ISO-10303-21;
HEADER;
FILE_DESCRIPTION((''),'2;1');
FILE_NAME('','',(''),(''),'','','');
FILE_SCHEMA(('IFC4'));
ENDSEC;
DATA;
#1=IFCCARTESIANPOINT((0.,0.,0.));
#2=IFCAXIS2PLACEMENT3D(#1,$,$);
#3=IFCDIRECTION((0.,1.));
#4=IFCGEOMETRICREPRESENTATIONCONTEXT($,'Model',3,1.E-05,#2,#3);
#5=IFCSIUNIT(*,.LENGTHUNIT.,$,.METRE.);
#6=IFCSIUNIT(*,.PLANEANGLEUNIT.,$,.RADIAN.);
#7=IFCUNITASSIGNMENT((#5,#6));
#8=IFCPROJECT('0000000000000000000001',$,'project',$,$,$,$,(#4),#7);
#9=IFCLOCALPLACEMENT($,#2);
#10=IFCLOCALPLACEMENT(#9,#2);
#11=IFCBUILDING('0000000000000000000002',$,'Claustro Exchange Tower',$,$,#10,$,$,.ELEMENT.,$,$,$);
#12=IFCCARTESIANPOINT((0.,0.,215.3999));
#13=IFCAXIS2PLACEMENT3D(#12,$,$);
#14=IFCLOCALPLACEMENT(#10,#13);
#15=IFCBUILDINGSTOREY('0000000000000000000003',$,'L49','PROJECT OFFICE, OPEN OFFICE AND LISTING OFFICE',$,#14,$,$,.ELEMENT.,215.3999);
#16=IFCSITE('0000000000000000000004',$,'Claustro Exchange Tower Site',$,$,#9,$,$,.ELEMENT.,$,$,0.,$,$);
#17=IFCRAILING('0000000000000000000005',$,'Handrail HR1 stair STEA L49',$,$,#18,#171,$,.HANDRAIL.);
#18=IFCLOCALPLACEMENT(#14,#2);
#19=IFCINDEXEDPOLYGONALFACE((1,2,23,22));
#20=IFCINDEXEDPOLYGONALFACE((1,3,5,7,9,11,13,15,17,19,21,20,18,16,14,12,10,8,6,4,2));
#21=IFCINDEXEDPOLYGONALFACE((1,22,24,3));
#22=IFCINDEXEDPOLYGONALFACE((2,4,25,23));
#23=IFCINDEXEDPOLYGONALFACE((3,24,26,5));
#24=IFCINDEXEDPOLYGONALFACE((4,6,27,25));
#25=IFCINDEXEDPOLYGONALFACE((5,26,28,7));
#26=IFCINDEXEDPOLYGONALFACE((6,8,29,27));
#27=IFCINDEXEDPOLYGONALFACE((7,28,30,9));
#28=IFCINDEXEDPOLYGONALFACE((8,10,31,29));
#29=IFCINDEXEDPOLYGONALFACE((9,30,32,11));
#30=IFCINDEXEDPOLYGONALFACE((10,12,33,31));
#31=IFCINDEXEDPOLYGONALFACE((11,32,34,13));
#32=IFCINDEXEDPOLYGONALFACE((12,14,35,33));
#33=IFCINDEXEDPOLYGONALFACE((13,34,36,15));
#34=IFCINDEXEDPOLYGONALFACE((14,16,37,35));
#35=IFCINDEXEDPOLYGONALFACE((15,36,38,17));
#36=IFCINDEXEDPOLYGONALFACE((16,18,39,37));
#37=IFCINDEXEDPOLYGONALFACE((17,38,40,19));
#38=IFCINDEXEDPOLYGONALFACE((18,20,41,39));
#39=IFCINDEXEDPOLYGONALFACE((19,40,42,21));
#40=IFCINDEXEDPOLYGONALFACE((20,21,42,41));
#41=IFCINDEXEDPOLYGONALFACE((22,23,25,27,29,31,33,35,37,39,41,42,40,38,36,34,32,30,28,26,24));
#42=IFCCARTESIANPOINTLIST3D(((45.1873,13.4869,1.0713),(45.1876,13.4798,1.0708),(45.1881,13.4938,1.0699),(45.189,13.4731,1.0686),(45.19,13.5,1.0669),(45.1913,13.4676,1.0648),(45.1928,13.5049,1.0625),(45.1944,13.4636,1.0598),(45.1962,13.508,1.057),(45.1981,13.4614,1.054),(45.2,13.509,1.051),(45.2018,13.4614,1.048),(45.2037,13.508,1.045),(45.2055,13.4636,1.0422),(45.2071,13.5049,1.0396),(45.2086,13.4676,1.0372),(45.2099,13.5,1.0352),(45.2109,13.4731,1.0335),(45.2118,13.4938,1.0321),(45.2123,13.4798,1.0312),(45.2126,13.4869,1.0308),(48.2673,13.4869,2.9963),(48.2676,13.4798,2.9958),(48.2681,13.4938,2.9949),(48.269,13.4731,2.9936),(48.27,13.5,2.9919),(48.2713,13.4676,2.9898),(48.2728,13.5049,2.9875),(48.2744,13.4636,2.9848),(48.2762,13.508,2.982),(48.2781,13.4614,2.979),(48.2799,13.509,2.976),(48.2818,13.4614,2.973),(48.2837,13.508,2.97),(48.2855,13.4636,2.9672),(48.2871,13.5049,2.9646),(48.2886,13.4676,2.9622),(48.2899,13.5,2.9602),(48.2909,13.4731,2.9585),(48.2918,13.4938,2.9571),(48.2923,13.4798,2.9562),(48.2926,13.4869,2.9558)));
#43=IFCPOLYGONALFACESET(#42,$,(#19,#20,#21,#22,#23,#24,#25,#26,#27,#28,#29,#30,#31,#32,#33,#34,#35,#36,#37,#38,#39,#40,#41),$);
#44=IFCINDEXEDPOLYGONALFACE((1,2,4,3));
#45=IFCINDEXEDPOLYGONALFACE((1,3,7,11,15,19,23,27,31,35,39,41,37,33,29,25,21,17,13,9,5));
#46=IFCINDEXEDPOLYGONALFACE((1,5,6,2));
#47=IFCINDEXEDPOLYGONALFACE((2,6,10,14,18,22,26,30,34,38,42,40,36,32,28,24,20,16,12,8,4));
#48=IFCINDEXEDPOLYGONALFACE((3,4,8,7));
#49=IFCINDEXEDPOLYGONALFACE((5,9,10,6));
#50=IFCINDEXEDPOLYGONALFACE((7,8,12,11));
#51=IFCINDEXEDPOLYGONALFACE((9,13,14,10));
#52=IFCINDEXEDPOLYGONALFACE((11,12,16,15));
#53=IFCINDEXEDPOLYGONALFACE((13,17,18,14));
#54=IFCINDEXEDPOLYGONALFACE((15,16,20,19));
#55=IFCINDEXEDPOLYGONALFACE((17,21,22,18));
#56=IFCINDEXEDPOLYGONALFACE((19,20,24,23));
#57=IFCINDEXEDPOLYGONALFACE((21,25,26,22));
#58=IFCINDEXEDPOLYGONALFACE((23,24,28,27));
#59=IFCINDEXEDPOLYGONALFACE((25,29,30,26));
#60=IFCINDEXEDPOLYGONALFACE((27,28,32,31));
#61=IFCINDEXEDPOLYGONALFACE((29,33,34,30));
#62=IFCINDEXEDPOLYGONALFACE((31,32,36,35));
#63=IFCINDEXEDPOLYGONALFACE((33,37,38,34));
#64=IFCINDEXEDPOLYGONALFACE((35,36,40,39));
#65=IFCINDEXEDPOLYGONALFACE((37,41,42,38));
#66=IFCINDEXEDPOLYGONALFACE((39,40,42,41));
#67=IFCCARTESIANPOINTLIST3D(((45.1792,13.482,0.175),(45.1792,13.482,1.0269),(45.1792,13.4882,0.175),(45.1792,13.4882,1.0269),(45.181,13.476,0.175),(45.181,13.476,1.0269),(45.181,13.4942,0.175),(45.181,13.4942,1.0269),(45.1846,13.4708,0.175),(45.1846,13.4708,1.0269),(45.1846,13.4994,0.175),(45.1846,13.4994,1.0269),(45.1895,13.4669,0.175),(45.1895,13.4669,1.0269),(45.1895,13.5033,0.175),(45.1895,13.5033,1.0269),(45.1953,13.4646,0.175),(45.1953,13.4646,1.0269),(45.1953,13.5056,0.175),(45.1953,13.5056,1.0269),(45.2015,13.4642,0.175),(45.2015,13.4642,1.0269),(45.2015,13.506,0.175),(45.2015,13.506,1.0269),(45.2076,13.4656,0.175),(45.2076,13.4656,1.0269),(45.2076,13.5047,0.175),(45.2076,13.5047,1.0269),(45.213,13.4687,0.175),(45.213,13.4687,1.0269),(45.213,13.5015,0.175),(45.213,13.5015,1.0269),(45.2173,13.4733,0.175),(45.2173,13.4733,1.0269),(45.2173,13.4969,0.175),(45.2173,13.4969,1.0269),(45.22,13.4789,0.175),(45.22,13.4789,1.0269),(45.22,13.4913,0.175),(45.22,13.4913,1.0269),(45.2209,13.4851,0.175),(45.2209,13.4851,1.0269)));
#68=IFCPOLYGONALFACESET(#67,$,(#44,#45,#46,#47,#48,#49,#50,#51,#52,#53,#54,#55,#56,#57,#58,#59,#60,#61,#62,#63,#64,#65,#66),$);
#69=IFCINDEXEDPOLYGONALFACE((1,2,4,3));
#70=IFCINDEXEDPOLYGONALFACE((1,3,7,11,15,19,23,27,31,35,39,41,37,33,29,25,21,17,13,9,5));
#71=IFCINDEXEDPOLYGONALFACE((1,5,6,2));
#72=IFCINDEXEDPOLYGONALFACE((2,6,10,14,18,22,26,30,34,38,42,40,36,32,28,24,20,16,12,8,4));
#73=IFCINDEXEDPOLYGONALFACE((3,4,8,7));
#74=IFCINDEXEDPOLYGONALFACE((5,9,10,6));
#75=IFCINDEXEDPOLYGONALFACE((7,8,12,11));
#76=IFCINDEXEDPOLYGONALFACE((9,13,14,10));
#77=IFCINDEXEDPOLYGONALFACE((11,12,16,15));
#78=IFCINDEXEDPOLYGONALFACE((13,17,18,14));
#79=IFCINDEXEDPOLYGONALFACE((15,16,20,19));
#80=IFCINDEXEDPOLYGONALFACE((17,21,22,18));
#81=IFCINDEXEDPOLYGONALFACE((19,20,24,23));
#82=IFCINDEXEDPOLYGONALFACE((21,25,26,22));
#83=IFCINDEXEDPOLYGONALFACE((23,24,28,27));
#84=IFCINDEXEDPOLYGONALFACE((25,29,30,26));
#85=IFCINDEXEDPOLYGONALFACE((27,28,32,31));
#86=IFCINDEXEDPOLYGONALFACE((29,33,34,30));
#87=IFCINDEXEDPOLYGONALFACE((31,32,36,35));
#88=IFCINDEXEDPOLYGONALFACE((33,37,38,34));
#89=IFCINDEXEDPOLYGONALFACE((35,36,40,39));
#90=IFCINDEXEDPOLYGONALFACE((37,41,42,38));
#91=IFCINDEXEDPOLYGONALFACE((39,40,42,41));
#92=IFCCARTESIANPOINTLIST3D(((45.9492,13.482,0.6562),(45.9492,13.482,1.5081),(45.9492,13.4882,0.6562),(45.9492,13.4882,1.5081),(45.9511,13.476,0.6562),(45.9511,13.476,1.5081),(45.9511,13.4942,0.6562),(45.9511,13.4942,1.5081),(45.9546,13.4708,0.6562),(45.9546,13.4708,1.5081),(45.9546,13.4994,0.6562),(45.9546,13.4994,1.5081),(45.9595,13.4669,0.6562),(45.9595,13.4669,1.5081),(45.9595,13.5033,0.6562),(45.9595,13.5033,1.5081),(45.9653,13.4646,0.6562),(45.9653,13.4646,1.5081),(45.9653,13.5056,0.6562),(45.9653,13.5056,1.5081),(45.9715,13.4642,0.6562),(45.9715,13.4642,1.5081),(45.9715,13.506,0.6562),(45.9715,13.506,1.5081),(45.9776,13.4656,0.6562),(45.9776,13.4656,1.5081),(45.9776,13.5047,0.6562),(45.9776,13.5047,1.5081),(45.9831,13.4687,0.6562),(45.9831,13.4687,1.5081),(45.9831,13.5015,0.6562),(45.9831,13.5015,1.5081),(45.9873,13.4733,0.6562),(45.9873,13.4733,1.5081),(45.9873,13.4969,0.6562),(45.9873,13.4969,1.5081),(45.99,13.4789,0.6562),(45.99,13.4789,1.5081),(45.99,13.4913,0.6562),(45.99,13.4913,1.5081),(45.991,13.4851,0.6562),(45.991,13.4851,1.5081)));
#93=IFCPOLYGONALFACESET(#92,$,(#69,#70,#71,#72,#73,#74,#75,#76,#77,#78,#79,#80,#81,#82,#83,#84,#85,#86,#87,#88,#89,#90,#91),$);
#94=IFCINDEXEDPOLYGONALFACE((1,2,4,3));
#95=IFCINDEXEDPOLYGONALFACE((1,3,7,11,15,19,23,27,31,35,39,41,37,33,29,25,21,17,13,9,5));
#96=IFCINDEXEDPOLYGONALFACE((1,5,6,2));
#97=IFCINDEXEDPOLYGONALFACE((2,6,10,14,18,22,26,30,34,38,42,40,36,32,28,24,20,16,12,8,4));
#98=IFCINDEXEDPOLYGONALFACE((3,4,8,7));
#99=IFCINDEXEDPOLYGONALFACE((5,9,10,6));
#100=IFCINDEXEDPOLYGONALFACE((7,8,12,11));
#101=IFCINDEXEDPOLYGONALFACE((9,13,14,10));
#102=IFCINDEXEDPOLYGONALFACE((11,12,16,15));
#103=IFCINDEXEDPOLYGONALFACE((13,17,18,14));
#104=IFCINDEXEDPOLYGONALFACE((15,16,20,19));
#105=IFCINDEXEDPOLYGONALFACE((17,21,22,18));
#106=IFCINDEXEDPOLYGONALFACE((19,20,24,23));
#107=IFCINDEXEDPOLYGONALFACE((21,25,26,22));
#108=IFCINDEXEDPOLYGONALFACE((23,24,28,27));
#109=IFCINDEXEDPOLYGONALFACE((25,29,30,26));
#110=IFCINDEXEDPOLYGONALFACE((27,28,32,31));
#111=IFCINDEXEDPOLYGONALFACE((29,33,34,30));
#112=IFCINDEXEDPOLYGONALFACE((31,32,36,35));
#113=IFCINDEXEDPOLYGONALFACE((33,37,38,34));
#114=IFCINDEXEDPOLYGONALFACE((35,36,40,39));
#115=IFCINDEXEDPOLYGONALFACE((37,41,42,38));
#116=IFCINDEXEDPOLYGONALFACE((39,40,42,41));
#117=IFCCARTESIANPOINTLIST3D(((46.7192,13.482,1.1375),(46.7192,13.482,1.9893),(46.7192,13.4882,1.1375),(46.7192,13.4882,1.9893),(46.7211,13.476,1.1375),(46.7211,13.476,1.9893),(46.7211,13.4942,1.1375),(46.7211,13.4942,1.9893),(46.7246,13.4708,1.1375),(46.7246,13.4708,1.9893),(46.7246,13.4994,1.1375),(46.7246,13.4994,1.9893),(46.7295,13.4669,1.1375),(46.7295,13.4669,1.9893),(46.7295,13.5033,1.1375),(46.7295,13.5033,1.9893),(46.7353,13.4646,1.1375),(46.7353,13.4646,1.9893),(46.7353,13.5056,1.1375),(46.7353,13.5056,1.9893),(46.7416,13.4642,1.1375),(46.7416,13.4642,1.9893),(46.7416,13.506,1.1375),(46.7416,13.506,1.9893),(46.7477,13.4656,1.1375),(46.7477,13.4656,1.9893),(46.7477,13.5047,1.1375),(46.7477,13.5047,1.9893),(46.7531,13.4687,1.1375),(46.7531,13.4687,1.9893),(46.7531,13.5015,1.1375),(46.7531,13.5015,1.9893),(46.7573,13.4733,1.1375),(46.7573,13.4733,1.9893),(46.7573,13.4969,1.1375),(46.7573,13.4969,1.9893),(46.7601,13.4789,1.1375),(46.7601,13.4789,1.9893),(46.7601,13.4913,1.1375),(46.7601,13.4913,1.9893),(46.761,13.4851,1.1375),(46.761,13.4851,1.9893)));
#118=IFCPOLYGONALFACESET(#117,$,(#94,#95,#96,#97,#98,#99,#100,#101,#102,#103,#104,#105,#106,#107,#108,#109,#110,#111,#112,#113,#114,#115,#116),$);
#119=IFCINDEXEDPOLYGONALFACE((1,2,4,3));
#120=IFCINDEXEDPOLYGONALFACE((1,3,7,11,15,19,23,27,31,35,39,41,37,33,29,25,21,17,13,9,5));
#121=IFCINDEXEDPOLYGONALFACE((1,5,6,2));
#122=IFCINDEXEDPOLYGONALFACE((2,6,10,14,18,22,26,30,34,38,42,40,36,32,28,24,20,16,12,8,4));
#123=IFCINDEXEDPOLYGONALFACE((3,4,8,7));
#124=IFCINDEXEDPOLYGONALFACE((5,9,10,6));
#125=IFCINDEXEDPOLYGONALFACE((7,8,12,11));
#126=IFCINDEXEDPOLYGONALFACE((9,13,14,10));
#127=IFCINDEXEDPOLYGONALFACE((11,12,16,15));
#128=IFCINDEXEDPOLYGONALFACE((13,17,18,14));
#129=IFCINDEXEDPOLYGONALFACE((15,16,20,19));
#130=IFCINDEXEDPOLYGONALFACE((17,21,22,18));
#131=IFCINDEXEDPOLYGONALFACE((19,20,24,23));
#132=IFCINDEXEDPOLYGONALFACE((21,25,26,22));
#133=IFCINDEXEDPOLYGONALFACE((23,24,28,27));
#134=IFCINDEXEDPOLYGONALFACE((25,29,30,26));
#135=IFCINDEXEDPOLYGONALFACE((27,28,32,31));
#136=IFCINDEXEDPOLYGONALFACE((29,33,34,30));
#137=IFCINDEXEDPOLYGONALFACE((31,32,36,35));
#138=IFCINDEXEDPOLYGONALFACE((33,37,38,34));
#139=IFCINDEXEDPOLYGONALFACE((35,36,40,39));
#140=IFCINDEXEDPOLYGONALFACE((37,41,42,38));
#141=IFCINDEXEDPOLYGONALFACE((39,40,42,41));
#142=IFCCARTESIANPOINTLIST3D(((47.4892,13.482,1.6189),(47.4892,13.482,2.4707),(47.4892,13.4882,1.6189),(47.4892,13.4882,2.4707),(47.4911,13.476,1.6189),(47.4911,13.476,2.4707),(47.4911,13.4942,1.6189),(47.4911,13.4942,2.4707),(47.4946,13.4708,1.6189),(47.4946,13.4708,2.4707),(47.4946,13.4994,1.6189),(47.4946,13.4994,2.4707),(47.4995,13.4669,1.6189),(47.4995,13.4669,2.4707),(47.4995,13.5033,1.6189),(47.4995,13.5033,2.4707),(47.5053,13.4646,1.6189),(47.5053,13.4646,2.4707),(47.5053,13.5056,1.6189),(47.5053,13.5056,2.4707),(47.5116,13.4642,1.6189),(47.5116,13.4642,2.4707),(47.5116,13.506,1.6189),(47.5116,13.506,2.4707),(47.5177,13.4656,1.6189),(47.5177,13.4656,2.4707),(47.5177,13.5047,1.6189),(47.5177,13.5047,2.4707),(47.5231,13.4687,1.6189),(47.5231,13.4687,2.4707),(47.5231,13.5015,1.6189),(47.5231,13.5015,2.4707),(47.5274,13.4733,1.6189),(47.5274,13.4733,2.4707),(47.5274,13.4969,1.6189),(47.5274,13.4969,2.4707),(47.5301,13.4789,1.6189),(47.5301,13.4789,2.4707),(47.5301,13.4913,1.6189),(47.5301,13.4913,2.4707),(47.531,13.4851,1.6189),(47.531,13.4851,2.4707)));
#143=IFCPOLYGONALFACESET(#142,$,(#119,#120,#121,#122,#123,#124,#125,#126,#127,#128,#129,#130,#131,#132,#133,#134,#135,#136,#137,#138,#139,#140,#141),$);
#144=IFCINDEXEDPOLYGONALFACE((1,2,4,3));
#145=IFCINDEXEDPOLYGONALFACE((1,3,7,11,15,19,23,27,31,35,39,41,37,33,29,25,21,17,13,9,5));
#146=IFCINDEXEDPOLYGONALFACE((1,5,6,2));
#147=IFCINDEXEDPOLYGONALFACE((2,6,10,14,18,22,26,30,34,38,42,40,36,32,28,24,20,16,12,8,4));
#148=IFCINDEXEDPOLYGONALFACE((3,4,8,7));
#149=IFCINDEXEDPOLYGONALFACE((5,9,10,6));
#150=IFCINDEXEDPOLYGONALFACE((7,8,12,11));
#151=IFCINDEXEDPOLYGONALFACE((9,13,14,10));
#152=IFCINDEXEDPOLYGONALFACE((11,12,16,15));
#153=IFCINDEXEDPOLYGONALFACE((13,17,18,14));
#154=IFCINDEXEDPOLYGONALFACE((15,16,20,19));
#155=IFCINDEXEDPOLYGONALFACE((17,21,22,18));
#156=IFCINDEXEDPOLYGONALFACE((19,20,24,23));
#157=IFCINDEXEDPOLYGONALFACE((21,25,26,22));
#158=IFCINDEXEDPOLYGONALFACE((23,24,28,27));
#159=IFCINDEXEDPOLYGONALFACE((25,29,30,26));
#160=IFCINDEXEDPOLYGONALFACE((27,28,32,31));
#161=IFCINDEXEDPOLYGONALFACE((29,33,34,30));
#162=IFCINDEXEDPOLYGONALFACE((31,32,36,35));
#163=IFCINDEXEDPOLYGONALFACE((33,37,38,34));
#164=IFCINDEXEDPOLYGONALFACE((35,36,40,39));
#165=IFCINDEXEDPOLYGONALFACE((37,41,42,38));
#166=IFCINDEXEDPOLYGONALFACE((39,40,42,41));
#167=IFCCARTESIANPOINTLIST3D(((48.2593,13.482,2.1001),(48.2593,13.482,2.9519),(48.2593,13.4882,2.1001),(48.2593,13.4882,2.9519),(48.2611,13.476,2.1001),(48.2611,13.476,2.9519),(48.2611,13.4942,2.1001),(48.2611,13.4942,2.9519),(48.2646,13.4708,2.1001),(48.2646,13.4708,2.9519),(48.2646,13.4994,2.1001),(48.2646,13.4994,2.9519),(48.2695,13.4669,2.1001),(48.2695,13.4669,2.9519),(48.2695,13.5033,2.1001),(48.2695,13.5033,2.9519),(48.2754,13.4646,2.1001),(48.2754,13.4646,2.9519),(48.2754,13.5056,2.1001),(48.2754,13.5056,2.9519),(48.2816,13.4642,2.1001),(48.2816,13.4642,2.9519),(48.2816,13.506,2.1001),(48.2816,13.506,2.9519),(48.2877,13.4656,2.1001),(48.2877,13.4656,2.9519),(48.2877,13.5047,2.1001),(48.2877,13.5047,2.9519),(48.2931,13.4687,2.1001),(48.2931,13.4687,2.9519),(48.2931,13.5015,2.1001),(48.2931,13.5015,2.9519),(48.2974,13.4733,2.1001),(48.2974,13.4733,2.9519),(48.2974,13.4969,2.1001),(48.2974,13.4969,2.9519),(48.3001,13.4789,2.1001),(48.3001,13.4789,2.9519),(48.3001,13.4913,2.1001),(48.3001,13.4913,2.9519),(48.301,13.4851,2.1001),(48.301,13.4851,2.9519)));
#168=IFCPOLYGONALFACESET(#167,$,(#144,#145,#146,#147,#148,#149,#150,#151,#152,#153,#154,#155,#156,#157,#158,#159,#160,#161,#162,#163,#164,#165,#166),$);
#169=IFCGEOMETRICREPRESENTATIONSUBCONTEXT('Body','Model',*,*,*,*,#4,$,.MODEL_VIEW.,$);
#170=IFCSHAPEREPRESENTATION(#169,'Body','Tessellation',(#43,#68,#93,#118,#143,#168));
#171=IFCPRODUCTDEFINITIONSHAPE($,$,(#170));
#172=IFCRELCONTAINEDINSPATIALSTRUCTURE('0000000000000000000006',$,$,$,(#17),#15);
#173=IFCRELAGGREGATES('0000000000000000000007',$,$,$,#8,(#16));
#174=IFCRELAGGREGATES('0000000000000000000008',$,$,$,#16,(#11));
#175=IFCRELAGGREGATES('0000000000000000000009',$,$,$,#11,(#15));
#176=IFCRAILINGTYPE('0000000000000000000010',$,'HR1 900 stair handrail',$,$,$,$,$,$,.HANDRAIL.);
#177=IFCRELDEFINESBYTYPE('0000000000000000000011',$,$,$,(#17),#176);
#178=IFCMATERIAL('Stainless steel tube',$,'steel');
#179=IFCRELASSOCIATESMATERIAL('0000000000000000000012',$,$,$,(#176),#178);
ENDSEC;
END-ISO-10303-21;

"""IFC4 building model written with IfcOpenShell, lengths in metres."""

from ifc_helpers import new_model, si_unit, direction, frame, origin, origin_2d, place, context, subcontext, project, spatial, circle, extrude, material, type_object, element, save


model = new_model("IFC4")

# Units and contexts
model_context = context("Model", 3, precision=1e-05, world=origin(), true_north=direction((0.0, 1.0)))
body_context = subcontext(model_context, "Body", "Model", "MODEL_VIEW")
ifc_project = project(units=[si_unit("LENGTHUNIT", "METRE"), si_unit("PLANEANGLEUNIT", "RADIAN")], contexts=[model_context])

# Site, building, storey
site_placement = place(None, origin())
site = spatial("IfcSite", under=ifc_project, at=site_placement, Name="Claustro Exchange Tower Site", CompositionType="ELEMENT", RefElevation=0.0)
building_placement = place(site_placement, origin())
building = spatial("IfcBuilding", under=site, at=building_placement, Name="Claustro Exchange Tower", CompositionType="ELEMENT")
storey_placement = place(building_placement, frame((0.0, 0.0, 215.3999)))
storey = spatial("IfcBuildingStorey", under=building, at=storey_placement, Name="L49", Description="PROJECT OFFICE, OPEN OFFICE AND LISTING OFFICE", CompositionType="ELEMENT", Elevation=215.3999)

# Railing
ifc_material_1 = material(Name="Stainless steel tube", Category="steel")
railing_type_1 = type_object("IfcRailingType", Name="HR1 900 stair handrail", PredefinedType="HANDRAIL", material=ifc_material_1)
railing_1_placement = place(storey_placement, frame((45.2, 13.4851, 0.175)))
element("IfcRailing", 1, at=railing_1_placement, inside=storey, type_object=railing_type_1, Name="Handrail HR1 stair STEA L49", PredefinedType="HANDRAIL", context=body_context, shape_type="SweptSolid", body=[
    extrude(circle(Radius=0.0239, at=origin_2d()), frame((0.0, 0.0, 0.876), z_axis=(0.847998, 0.0, 0.529999), x_axis=(0.0, 1.0, 0.0)), (0.0, 0.0, 1.0), 3.6321),
    extrude(circle(Radius=0.021, at=origin_2d()), origin(), (0.0, 0.0, 1.0), 0.8518),
    extrude(circle(Radius=0.021, at=origin_2d()), frame((0.77, 0.0, 0.4812)), (0.0, 0.0, 1.0), 0.8518),
    extrude(circle(Radius=0.021, at=origin_2d()), frame((1.54, 0.0, 0.9624)), (0.0, 0.0, 1.0), 0.8518),
    extrude(circle(Radius=0.021, at=origin_2d()), frame((2.3101, 0.0, 1.4438)), (0.0, 0.0, 1.0), 0.8518),
    extrude(circle(Radius=0.021, at=origin_2d()), frame((3.0801, 0.0, 1.925)), (0.0, 0.0, 1.0), 0.8518),
])

save(model, "model.ifc")
